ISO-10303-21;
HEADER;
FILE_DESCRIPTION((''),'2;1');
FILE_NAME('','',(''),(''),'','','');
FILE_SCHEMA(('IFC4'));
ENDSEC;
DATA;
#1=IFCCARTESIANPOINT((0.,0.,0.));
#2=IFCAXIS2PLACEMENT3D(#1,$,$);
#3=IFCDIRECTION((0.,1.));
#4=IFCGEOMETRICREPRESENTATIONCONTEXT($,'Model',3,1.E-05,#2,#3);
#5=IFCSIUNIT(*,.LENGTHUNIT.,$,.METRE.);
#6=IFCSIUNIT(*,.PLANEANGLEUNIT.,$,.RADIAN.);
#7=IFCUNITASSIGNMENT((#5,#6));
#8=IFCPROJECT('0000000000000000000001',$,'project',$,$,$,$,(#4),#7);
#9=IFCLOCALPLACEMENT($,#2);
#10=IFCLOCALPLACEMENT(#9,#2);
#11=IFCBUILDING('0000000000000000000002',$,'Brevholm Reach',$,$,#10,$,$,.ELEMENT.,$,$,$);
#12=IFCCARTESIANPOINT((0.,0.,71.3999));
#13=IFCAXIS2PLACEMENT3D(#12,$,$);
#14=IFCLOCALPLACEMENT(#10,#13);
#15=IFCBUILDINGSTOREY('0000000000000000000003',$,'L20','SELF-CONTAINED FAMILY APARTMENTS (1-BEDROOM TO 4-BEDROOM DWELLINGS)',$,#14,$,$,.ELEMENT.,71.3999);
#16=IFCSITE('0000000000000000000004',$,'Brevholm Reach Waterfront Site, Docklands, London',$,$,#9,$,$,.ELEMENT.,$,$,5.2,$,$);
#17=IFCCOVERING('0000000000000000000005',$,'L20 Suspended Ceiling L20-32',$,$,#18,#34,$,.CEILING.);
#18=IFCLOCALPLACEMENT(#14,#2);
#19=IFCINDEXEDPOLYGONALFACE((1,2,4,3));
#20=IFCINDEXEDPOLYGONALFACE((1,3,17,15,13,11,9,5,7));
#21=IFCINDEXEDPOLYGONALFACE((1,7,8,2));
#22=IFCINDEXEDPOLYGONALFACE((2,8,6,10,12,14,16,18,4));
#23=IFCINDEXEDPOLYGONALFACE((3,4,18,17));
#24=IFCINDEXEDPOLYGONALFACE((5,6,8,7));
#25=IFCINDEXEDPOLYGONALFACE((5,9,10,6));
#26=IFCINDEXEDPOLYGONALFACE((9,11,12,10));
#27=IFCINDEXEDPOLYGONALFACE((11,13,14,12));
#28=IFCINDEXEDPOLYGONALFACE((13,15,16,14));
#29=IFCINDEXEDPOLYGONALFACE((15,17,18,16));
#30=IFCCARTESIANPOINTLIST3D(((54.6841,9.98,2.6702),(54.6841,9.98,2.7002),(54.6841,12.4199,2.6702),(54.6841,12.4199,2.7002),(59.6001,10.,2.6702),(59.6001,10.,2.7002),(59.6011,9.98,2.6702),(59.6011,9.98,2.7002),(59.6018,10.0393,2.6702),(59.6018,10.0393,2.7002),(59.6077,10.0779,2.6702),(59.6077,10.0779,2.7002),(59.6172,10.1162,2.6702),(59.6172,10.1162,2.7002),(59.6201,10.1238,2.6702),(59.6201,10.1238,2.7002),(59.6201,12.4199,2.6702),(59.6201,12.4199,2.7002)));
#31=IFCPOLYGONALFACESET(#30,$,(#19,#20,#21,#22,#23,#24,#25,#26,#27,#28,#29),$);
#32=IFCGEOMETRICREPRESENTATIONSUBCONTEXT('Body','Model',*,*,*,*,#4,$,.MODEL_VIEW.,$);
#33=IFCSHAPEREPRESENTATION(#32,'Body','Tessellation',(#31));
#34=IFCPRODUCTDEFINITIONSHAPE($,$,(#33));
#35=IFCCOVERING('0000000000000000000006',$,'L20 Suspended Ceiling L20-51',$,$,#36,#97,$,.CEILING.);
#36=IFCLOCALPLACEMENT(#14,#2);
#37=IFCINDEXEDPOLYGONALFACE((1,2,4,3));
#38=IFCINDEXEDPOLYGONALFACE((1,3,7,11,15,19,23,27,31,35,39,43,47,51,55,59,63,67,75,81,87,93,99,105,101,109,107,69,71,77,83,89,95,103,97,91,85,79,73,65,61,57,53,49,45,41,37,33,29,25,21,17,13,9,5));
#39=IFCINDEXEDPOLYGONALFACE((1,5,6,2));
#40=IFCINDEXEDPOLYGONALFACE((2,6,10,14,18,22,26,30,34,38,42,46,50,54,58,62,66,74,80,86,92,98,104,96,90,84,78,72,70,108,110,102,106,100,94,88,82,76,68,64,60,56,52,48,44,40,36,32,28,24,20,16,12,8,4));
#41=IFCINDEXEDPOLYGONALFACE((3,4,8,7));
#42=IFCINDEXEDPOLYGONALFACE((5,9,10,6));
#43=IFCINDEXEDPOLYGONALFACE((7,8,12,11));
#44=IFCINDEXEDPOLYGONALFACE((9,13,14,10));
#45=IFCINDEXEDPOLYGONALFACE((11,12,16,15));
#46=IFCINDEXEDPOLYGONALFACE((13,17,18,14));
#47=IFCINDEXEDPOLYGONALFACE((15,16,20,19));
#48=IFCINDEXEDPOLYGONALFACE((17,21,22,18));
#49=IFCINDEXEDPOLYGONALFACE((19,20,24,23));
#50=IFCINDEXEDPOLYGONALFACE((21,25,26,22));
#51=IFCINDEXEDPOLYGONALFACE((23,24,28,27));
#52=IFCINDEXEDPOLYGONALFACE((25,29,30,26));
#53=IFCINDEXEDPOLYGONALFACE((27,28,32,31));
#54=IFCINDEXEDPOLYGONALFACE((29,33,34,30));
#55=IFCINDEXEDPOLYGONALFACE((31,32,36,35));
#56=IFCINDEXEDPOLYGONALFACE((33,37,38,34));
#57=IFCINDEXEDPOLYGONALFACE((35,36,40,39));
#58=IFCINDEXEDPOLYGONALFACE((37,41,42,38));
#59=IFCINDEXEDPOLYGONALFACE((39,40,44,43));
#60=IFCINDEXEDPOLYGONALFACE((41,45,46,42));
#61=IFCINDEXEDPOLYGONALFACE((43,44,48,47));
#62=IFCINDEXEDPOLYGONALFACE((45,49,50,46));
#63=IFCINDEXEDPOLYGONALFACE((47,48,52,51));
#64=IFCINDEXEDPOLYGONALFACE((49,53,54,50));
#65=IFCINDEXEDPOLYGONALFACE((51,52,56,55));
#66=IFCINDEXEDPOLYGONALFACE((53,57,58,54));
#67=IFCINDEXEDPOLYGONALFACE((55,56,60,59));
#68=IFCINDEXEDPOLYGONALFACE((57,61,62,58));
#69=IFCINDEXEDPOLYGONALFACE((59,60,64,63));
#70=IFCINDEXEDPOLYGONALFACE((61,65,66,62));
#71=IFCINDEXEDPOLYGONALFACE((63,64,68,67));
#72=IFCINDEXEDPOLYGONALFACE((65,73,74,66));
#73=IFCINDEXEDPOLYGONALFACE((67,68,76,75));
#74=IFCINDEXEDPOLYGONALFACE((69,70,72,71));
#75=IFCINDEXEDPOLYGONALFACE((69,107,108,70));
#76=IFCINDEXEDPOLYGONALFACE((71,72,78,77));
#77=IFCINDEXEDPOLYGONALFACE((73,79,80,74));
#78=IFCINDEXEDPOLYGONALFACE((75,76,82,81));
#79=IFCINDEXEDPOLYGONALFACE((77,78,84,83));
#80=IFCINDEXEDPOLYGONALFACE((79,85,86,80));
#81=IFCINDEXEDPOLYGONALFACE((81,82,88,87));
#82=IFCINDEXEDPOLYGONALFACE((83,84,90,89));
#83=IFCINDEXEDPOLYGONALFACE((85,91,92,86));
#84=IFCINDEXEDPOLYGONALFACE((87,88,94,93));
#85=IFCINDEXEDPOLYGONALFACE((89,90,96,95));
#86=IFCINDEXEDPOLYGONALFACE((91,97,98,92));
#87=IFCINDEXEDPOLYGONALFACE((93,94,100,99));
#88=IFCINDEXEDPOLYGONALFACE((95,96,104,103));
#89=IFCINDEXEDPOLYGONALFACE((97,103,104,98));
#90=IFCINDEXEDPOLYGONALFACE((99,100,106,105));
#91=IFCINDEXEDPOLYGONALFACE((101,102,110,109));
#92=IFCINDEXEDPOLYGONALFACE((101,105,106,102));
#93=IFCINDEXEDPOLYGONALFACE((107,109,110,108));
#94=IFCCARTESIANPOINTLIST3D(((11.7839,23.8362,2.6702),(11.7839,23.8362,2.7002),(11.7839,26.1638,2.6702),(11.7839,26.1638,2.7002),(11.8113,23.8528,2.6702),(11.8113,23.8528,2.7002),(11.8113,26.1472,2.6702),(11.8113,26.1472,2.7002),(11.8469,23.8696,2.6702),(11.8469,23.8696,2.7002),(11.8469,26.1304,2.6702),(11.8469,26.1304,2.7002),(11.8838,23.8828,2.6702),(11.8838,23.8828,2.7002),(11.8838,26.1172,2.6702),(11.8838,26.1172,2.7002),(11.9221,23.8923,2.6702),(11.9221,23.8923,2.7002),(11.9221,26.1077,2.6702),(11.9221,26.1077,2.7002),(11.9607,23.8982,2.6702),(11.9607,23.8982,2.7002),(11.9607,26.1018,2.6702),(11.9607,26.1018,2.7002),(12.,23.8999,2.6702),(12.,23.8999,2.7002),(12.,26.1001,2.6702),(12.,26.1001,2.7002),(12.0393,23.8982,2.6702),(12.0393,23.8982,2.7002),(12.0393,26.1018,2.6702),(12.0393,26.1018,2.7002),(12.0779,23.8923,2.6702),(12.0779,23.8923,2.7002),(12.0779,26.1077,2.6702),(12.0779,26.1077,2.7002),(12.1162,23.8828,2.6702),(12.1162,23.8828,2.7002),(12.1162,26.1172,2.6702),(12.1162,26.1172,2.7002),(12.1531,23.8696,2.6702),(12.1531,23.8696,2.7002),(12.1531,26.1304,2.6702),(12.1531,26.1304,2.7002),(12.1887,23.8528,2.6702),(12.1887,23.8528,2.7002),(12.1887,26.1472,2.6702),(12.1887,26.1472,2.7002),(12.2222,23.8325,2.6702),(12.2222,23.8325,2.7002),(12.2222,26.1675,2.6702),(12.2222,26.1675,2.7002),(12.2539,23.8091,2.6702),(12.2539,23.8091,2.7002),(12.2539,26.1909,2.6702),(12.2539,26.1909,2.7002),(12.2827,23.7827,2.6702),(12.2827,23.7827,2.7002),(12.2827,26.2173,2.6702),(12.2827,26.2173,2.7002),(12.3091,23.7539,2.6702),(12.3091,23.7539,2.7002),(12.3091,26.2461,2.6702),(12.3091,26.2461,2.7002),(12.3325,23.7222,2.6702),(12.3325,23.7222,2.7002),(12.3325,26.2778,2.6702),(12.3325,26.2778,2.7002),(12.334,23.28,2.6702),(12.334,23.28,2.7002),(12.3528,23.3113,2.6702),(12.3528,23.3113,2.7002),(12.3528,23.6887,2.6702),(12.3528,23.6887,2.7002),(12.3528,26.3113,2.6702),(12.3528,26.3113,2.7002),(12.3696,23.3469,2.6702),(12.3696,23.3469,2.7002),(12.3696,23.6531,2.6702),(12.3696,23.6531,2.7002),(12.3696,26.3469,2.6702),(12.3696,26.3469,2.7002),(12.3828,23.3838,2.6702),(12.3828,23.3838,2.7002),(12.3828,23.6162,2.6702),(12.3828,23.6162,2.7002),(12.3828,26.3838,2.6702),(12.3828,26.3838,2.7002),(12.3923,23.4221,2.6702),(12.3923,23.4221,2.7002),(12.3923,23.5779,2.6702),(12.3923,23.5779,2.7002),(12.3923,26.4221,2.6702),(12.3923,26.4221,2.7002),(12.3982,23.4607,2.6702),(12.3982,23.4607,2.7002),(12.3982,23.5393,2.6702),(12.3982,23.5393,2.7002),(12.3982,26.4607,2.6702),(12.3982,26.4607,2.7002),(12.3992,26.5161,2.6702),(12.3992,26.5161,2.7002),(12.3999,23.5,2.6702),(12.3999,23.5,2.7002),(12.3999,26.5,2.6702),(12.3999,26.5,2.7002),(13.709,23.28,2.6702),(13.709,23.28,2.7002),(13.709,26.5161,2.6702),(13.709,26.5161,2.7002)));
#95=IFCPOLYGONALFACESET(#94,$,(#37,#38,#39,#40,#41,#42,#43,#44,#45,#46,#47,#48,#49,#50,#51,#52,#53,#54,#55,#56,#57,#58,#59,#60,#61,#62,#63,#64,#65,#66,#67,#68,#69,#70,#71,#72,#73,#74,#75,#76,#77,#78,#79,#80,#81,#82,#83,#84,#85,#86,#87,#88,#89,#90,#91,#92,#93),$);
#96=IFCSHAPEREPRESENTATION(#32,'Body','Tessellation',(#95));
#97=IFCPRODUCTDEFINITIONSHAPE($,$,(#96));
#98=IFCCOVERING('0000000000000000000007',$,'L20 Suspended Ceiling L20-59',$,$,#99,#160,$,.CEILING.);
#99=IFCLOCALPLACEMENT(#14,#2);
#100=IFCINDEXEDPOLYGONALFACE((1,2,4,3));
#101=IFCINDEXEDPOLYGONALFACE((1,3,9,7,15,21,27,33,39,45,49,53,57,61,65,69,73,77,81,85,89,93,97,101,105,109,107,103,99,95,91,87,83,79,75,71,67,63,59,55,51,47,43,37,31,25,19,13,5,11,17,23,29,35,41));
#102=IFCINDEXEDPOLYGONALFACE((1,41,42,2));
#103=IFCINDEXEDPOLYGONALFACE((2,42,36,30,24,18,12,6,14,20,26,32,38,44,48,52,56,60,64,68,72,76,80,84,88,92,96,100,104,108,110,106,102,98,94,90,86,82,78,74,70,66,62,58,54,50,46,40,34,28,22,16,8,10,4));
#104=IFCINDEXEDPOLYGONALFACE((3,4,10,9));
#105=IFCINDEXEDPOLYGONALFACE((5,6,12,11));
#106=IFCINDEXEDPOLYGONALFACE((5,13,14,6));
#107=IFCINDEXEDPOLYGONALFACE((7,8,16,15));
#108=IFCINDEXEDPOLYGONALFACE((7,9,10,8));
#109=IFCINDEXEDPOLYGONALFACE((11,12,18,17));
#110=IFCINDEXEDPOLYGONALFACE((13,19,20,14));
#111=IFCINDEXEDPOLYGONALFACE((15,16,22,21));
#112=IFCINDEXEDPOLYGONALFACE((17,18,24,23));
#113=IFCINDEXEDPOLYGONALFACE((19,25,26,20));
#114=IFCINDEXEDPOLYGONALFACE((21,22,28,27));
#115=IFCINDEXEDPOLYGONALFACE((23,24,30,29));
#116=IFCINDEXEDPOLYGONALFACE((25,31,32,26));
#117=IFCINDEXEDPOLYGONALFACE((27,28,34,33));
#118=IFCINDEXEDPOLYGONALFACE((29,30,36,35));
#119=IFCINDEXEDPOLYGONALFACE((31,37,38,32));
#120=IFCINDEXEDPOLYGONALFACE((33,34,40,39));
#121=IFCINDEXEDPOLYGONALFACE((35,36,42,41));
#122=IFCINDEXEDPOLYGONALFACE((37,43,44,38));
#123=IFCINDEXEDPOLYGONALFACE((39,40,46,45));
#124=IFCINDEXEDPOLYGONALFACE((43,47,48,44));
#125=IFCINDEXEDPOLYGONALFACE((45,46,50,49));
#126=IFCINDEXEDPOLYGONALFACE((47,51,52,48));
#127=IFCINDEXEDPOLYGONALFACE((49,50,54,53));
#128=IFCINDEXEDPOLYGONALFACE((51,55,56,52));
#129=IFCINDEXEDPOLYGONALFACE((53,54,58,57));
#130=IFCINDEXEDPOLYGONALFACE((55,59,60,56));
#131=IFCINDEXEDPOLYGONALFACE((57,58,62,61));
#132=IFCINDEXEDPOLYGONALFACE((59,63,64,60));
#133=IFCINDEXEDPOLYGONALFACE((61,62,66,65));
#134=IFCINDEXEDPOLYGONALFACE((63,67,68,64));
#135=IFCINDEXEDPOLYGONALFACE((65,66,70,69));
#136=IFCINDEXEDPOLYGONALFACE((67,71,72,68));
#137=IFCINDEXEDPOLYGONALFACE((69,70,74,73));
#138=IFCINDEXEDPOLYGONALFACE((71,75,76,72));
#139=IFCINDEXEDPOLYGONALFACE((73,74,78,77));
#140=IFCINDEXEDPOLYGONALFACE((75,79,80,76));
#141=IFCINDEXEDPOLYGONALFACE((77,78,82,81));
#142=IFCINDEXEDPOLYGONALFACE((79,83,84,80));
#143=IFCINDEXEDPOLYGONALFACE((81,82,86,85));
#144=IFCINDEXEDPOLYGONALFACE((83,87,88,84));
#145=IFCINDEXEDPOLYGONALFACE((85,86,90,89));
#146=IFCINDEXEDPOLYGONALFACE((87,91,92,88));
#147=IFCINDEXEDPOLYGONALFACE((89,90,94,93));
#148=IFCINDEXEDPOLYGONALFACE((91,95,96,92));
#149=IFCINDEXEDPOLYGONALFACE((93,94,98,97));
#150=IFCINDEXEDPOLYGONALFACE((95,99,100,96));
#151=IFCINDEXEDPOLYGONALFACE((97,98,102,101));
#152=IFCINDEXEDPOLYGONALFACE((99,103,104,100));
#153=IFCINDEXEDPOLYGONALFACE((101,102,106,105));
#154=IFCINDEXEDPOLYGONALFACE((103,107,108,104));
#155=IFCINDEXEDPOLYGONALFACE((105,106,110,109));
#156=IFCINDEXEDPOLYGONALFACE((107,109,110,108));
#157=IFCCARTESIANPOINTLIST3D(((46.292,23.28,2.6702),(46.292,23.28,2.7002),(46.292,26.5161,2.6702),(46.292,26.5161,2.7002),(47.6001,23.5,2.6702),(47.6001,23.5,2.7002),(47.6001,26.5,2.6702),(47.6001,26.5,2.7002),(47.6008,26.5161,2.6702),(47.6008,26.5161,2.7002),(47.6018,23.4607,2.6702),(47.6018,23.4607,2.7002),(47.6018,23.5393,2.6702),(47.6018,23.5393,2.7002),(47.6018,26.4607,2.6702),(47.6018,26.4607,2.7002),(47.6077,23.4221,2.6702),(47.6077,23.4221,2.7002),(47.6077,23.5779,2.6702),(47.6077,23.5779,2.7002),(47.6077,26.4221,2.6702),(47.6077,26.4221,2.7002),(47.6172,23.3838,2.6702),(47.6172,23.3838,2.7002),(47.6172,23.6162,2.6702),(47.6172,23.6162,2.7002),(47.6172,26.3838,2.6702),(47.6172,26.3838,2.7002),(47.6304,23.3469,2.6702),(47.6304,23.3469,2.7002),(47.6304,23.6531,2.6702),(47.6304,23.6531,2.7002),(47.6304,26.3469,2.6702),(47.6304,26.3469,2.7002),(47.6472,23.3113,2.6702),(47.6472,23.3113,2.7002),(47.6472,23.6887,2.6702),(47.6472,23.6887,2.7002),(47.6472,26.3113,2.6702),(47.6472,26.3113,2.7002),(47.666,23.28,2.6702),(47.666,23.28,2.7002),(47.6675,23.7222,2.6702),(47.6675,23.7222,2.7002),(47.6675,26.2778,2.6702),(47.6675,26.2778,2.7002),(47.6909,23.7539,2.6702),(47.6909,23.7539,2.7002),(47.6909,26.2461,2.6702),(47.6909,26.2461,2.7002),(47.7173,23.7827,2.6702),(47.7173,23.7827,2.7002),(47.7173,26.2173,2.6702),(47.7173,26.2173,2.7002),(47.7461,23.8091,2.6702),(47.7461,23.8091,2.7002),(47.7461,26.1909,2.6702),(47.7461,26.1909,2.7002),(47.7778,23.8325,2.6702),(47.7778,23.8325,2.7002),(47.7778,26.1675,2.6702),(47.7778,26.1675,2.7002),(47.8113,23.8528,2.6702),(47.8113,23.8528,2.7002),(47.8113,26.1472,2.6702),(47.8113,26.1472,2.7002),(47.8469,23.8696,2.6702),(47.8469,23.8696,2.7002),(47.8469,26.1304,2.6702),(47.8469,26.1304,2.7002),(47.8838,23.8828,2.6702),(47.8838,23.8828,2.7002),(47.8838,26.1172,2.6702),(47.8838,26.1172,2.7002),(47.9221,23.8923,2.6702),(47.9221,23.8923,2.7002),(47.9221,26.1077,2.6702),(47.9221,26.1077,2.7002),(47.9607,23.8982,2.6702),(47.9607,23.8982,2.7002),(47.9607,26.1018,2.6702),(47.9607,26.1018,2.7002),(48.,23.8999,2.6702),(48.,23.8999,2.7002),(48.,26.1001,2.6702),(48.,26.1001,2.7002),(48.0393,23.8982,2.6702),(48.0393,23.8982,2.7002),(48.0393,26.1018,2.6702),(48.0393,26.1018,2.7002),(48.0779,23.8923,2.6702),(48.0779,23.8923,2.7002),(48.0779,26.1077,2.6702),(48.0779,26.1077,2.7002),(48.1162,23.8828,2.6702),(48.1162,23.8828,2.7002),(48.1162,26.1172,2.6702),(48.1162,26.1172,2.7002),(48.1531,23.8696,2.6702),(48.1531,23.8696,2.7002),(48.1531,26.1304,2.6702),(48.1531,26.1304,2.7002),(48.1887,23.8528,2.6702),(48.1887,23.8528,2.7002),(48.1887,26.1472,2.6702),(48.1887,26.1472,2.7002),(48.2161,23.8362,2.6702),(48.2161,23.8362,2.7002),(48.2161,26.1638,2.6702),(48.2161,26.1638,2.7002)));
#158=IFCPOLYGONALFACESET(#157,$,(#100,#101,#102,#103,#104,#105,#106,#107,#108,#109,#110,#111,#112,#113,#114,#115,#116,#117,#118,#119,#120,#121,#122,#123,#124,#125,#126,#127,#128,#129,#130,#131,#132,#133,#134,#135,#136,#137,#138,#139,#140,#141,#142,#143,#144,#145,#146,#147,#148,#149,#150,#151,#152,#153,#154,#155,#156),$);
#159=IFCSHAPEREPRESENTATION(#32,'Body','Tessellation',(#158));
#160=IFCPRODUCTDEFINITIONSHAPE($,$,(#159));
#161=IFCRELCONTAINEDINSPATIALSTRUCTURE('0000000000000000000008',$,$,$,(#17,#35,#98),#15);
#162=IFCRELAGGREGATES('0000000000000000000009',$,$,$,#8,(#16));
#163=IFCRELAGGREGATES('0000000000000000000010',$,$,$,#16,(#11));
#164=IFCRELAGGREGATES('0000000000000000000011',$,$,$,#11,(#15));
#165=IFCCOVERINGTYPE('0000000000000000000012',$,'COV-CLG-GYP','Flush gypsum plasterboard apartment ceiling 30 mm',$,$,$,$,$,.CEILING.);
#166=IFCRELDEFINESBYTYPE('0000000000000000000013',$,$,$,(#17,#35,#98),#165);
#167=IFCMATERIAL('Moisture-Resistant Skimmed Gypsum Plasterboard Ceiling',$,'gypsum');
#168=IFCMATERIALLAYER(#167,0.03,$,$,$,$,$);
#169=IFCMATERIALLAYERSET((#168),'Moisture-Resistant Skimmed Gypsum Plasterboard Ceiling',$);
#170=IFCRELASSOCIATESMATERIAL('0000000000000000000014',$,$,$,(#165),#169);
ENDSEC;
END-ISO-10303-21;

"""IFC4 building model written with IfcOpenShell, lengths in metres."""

from ifc_helpers import new_model, si_unit, direction, frame, origin, place, context, subcontext, project, spatial, polyline, outline, extrude, material, layer, layer_set, type_object, element, save


model = new_model("IFC4")

# Units and contexts
model_context = context("Model", 3, precision=1e-05, world=origin(), true_north=direction((0.0, 1.0)))
body_context = subcontext(model_context, "Body", "Model", "MODEL_VIEW")
ifc_project = project(units=[si_unit("LENGTHUNIT", "METRE"), si_unit("PLANEANGLEUNIT", "RADIAN")], contexts=[model_context])

# Site, building, storey
site_placement = place(None, origin())
site = spatial("IfcSite", under=ifc_project, at=site_placement, Name="Brevholm Reach Waterfront Site, Docklands, London", CompositionType="ELEMENT", RefElevation=5.2)
building_placement = place(site_placement, origin())
building = spatial("IfcBuilding", under=site, at=building_placement, Name="Brevholm Reach", CompositionType="ELEMENT")
storey_placement = place(building_placement, frame((0.0, 0.0, 71.3999)))
storey = spatial("IfcBuildingStorey", under=building, at=storey_placement, Name="L20", Description="SELF-CONTAINED FAMILY APARTMENTS (1-BEDROOM TO 4-BEDROOM DWELLINGS)", CompositionType="ELEMENT", Elevation=71.3999)

# Coverings
ifc_material_1 = material(Name="Moisture-Resistant Skimmed Gypsum Plasterboard Ceiling", Category="gypsum")
ifc_layer_1 = layer(ifc_material_1, 0.03)
ifc_layer_set_1 = layer_set([ifc_layer_1], Name="Moisture-Resistant Skimmed Gypsum Plasterboard Ceiling")
covering_type_1 = type_object("IfcCoveringType", Name="COV-CLG-GYP", Description="Flush gypsum plasterboard apartment ceiling 30 mm", PredefinedType="CEILING", material=ifc_layer_set_1)
covering_1_placement = place(storey_placement, frame((0.0, 0.0, 2.6702)))
element("IfcCovering", 1, at=covering_1_placement, inside=storey, type_object=covering_type_1, Name="L20 Suspended Ceiling L20-32", PredefinedType="CEILING", context=body_context, shape_type="SweptSolid", body=[
    extrude(outline(polyline([(59.6201, 12.4199), (59.6201, 10.1238), (59.6172, 10.1162), (59.6077, 10.0779), (59.6018, 10.0393), (59.6001, 10.0), (59.6011, 9.98), (54.6841, 9.98), (54.6841, 12.4199), (59.6201, 12.4199)])), origin(), (0.0, 0.0, 1.0), 0.03),
])
covering_2_placement = place(storey_placement, frame((0.0, 0.0, 2.6702)))
element("IfcCovering", 2, at=covering_2_placement, inside=storey, type_object=covering_type_1, Name="L20 Suspended Ceiling L20-51", PredefinedType="CEILING", context=body_context, shape_type="SweptSolid", body=[
    extrude(outline(polyline([(13.709, 23.28), (12.334, 23.28), (12.3528, 23.3113), (12.3696, 23.3469), (12.3828, 23.3838), (12.3923, 23.4221), (12.3982, 23.4607), (12.3999, 23.5), (12.3982, 23.5393), (12.3923, 23.5779), (12.3828, 23.6162), (12.3696, 23.6531), (12.3528, 23.6887), (12.3325, 23.7222), (12.3091, 23.7539), (12.2827, 23.7827), (12.2539, 23.8091), (12.2222, 23.8325), (12.1887, 23.8528), (12.1531, 23.8696), (12.1162, 23.8828), (12.0779, 23.8923), (12.0393, 23.8982), (12.0, 23.8999), (11.9607, 23.8982), (11.9221, 23.8923), (11.8838, 23.8828), (11.8469, 23.8696), (11.8113, 23.8528), (11.7839, 23.8362), (11.7839, 26.1638), (11.8113, 26.1472), (11.8469, 26.1304), (11.8838, 26.1172), (11.9221, 26.1077), (11.9607, 26.1018), (12.0, 26.1001), (12.0393, 26.1018), (12.0779, 26.1077), (12.1162, 26.1172), (12.1531, 26.1304), (12.1887, 26.1472), (12.2222, 26.1675), (12.2539, 26.1909), (12.2827, 26.2173), (12.3091, 26.2461), (12.3325, 26.2778), (12.3528, 26.3113), (12.3696, 26.3469), (12.3828, 26.3838), (12.3923, 26.4221), (12.3982, 26.4607), (12.3999, 26.5), (12.3992, 26.5161), (13.709, 26.5161), (13.709, 23.28)])), origin(), (0.0, 0.0, 1.0), 0.03),
])
covering_3_placement = place(storey_placement, frame((0.0, 0.0, 2.6702)))
element("IfcCovering", 3, at=covering_3_placement, inside=storey, type_object=covering_type_1, Name="L20 Suspended Ceiling L20-59", PredefinedType="CEILING", context=body_context, shape_type="SweptSolid", body=[
    extrude(outline(polyline([(46.292, 26.5161), (47.6008, 26.5161), (47.6001, 26.5), (47.6018, 26.4607), (47.6077, 26.4221), (47.6172, 26.3838), (47.6304, 26.3469), (47.6472, 26.3113), (47.6675, 26.2778), (47.6909, 26.2461), (47.7173, 26.2173), (47.7461, 26.1909), (47.7778, 26.1675), (47.8113, 26.1472), (47.8469, 26.1304), (47.8838, 26.1172), (47.9221, 26.1077), (47.9607, 26.1018), (48.0, 26.1001), (48.0393, 26.1018), (48.0779, 26.1077), (48.1162, 26.1172), (48.1531, 26.1304), (48.1887, 26.1472), (48.2161, 26.1638), (48.2161, 23.8362), (48.1887, 23.8528), (48.1531, 23.8696), (48.1162, 23.8828), (48.0779, 23.8923), (48.0393, 23.8982), (48.0, 23.8999), (47.9607, 23.8982), (47.9221, 23.8923), (47.8838, 23.8828), (47.8469, 23.8696), (47.8113, 23.8528), (47.7778, 23.8325), (47.7461, 23.8091), (47.7173, 23.7827), (47.6909, 23.7539), (47.6675, 23.7222), (47.6472, 23.6887), (47.6304, 23.6531), (47.6172, 23.6162), (47.6077, 23.5779), (47.6018, 23.5393), (47.6001, 23.5), (47.6018, 23.4607), (47.6077, 23.4221), (47.6172, 23.3838), (47.6304, 23.3469), (47.6472, 23.3113), (47.666, 23.28), (46.292, 23.28), (46.292, 26.5161)])), origin(), (0.0, 0.0, 1.0), 0.03),
])

save(model, "model.ifc")
